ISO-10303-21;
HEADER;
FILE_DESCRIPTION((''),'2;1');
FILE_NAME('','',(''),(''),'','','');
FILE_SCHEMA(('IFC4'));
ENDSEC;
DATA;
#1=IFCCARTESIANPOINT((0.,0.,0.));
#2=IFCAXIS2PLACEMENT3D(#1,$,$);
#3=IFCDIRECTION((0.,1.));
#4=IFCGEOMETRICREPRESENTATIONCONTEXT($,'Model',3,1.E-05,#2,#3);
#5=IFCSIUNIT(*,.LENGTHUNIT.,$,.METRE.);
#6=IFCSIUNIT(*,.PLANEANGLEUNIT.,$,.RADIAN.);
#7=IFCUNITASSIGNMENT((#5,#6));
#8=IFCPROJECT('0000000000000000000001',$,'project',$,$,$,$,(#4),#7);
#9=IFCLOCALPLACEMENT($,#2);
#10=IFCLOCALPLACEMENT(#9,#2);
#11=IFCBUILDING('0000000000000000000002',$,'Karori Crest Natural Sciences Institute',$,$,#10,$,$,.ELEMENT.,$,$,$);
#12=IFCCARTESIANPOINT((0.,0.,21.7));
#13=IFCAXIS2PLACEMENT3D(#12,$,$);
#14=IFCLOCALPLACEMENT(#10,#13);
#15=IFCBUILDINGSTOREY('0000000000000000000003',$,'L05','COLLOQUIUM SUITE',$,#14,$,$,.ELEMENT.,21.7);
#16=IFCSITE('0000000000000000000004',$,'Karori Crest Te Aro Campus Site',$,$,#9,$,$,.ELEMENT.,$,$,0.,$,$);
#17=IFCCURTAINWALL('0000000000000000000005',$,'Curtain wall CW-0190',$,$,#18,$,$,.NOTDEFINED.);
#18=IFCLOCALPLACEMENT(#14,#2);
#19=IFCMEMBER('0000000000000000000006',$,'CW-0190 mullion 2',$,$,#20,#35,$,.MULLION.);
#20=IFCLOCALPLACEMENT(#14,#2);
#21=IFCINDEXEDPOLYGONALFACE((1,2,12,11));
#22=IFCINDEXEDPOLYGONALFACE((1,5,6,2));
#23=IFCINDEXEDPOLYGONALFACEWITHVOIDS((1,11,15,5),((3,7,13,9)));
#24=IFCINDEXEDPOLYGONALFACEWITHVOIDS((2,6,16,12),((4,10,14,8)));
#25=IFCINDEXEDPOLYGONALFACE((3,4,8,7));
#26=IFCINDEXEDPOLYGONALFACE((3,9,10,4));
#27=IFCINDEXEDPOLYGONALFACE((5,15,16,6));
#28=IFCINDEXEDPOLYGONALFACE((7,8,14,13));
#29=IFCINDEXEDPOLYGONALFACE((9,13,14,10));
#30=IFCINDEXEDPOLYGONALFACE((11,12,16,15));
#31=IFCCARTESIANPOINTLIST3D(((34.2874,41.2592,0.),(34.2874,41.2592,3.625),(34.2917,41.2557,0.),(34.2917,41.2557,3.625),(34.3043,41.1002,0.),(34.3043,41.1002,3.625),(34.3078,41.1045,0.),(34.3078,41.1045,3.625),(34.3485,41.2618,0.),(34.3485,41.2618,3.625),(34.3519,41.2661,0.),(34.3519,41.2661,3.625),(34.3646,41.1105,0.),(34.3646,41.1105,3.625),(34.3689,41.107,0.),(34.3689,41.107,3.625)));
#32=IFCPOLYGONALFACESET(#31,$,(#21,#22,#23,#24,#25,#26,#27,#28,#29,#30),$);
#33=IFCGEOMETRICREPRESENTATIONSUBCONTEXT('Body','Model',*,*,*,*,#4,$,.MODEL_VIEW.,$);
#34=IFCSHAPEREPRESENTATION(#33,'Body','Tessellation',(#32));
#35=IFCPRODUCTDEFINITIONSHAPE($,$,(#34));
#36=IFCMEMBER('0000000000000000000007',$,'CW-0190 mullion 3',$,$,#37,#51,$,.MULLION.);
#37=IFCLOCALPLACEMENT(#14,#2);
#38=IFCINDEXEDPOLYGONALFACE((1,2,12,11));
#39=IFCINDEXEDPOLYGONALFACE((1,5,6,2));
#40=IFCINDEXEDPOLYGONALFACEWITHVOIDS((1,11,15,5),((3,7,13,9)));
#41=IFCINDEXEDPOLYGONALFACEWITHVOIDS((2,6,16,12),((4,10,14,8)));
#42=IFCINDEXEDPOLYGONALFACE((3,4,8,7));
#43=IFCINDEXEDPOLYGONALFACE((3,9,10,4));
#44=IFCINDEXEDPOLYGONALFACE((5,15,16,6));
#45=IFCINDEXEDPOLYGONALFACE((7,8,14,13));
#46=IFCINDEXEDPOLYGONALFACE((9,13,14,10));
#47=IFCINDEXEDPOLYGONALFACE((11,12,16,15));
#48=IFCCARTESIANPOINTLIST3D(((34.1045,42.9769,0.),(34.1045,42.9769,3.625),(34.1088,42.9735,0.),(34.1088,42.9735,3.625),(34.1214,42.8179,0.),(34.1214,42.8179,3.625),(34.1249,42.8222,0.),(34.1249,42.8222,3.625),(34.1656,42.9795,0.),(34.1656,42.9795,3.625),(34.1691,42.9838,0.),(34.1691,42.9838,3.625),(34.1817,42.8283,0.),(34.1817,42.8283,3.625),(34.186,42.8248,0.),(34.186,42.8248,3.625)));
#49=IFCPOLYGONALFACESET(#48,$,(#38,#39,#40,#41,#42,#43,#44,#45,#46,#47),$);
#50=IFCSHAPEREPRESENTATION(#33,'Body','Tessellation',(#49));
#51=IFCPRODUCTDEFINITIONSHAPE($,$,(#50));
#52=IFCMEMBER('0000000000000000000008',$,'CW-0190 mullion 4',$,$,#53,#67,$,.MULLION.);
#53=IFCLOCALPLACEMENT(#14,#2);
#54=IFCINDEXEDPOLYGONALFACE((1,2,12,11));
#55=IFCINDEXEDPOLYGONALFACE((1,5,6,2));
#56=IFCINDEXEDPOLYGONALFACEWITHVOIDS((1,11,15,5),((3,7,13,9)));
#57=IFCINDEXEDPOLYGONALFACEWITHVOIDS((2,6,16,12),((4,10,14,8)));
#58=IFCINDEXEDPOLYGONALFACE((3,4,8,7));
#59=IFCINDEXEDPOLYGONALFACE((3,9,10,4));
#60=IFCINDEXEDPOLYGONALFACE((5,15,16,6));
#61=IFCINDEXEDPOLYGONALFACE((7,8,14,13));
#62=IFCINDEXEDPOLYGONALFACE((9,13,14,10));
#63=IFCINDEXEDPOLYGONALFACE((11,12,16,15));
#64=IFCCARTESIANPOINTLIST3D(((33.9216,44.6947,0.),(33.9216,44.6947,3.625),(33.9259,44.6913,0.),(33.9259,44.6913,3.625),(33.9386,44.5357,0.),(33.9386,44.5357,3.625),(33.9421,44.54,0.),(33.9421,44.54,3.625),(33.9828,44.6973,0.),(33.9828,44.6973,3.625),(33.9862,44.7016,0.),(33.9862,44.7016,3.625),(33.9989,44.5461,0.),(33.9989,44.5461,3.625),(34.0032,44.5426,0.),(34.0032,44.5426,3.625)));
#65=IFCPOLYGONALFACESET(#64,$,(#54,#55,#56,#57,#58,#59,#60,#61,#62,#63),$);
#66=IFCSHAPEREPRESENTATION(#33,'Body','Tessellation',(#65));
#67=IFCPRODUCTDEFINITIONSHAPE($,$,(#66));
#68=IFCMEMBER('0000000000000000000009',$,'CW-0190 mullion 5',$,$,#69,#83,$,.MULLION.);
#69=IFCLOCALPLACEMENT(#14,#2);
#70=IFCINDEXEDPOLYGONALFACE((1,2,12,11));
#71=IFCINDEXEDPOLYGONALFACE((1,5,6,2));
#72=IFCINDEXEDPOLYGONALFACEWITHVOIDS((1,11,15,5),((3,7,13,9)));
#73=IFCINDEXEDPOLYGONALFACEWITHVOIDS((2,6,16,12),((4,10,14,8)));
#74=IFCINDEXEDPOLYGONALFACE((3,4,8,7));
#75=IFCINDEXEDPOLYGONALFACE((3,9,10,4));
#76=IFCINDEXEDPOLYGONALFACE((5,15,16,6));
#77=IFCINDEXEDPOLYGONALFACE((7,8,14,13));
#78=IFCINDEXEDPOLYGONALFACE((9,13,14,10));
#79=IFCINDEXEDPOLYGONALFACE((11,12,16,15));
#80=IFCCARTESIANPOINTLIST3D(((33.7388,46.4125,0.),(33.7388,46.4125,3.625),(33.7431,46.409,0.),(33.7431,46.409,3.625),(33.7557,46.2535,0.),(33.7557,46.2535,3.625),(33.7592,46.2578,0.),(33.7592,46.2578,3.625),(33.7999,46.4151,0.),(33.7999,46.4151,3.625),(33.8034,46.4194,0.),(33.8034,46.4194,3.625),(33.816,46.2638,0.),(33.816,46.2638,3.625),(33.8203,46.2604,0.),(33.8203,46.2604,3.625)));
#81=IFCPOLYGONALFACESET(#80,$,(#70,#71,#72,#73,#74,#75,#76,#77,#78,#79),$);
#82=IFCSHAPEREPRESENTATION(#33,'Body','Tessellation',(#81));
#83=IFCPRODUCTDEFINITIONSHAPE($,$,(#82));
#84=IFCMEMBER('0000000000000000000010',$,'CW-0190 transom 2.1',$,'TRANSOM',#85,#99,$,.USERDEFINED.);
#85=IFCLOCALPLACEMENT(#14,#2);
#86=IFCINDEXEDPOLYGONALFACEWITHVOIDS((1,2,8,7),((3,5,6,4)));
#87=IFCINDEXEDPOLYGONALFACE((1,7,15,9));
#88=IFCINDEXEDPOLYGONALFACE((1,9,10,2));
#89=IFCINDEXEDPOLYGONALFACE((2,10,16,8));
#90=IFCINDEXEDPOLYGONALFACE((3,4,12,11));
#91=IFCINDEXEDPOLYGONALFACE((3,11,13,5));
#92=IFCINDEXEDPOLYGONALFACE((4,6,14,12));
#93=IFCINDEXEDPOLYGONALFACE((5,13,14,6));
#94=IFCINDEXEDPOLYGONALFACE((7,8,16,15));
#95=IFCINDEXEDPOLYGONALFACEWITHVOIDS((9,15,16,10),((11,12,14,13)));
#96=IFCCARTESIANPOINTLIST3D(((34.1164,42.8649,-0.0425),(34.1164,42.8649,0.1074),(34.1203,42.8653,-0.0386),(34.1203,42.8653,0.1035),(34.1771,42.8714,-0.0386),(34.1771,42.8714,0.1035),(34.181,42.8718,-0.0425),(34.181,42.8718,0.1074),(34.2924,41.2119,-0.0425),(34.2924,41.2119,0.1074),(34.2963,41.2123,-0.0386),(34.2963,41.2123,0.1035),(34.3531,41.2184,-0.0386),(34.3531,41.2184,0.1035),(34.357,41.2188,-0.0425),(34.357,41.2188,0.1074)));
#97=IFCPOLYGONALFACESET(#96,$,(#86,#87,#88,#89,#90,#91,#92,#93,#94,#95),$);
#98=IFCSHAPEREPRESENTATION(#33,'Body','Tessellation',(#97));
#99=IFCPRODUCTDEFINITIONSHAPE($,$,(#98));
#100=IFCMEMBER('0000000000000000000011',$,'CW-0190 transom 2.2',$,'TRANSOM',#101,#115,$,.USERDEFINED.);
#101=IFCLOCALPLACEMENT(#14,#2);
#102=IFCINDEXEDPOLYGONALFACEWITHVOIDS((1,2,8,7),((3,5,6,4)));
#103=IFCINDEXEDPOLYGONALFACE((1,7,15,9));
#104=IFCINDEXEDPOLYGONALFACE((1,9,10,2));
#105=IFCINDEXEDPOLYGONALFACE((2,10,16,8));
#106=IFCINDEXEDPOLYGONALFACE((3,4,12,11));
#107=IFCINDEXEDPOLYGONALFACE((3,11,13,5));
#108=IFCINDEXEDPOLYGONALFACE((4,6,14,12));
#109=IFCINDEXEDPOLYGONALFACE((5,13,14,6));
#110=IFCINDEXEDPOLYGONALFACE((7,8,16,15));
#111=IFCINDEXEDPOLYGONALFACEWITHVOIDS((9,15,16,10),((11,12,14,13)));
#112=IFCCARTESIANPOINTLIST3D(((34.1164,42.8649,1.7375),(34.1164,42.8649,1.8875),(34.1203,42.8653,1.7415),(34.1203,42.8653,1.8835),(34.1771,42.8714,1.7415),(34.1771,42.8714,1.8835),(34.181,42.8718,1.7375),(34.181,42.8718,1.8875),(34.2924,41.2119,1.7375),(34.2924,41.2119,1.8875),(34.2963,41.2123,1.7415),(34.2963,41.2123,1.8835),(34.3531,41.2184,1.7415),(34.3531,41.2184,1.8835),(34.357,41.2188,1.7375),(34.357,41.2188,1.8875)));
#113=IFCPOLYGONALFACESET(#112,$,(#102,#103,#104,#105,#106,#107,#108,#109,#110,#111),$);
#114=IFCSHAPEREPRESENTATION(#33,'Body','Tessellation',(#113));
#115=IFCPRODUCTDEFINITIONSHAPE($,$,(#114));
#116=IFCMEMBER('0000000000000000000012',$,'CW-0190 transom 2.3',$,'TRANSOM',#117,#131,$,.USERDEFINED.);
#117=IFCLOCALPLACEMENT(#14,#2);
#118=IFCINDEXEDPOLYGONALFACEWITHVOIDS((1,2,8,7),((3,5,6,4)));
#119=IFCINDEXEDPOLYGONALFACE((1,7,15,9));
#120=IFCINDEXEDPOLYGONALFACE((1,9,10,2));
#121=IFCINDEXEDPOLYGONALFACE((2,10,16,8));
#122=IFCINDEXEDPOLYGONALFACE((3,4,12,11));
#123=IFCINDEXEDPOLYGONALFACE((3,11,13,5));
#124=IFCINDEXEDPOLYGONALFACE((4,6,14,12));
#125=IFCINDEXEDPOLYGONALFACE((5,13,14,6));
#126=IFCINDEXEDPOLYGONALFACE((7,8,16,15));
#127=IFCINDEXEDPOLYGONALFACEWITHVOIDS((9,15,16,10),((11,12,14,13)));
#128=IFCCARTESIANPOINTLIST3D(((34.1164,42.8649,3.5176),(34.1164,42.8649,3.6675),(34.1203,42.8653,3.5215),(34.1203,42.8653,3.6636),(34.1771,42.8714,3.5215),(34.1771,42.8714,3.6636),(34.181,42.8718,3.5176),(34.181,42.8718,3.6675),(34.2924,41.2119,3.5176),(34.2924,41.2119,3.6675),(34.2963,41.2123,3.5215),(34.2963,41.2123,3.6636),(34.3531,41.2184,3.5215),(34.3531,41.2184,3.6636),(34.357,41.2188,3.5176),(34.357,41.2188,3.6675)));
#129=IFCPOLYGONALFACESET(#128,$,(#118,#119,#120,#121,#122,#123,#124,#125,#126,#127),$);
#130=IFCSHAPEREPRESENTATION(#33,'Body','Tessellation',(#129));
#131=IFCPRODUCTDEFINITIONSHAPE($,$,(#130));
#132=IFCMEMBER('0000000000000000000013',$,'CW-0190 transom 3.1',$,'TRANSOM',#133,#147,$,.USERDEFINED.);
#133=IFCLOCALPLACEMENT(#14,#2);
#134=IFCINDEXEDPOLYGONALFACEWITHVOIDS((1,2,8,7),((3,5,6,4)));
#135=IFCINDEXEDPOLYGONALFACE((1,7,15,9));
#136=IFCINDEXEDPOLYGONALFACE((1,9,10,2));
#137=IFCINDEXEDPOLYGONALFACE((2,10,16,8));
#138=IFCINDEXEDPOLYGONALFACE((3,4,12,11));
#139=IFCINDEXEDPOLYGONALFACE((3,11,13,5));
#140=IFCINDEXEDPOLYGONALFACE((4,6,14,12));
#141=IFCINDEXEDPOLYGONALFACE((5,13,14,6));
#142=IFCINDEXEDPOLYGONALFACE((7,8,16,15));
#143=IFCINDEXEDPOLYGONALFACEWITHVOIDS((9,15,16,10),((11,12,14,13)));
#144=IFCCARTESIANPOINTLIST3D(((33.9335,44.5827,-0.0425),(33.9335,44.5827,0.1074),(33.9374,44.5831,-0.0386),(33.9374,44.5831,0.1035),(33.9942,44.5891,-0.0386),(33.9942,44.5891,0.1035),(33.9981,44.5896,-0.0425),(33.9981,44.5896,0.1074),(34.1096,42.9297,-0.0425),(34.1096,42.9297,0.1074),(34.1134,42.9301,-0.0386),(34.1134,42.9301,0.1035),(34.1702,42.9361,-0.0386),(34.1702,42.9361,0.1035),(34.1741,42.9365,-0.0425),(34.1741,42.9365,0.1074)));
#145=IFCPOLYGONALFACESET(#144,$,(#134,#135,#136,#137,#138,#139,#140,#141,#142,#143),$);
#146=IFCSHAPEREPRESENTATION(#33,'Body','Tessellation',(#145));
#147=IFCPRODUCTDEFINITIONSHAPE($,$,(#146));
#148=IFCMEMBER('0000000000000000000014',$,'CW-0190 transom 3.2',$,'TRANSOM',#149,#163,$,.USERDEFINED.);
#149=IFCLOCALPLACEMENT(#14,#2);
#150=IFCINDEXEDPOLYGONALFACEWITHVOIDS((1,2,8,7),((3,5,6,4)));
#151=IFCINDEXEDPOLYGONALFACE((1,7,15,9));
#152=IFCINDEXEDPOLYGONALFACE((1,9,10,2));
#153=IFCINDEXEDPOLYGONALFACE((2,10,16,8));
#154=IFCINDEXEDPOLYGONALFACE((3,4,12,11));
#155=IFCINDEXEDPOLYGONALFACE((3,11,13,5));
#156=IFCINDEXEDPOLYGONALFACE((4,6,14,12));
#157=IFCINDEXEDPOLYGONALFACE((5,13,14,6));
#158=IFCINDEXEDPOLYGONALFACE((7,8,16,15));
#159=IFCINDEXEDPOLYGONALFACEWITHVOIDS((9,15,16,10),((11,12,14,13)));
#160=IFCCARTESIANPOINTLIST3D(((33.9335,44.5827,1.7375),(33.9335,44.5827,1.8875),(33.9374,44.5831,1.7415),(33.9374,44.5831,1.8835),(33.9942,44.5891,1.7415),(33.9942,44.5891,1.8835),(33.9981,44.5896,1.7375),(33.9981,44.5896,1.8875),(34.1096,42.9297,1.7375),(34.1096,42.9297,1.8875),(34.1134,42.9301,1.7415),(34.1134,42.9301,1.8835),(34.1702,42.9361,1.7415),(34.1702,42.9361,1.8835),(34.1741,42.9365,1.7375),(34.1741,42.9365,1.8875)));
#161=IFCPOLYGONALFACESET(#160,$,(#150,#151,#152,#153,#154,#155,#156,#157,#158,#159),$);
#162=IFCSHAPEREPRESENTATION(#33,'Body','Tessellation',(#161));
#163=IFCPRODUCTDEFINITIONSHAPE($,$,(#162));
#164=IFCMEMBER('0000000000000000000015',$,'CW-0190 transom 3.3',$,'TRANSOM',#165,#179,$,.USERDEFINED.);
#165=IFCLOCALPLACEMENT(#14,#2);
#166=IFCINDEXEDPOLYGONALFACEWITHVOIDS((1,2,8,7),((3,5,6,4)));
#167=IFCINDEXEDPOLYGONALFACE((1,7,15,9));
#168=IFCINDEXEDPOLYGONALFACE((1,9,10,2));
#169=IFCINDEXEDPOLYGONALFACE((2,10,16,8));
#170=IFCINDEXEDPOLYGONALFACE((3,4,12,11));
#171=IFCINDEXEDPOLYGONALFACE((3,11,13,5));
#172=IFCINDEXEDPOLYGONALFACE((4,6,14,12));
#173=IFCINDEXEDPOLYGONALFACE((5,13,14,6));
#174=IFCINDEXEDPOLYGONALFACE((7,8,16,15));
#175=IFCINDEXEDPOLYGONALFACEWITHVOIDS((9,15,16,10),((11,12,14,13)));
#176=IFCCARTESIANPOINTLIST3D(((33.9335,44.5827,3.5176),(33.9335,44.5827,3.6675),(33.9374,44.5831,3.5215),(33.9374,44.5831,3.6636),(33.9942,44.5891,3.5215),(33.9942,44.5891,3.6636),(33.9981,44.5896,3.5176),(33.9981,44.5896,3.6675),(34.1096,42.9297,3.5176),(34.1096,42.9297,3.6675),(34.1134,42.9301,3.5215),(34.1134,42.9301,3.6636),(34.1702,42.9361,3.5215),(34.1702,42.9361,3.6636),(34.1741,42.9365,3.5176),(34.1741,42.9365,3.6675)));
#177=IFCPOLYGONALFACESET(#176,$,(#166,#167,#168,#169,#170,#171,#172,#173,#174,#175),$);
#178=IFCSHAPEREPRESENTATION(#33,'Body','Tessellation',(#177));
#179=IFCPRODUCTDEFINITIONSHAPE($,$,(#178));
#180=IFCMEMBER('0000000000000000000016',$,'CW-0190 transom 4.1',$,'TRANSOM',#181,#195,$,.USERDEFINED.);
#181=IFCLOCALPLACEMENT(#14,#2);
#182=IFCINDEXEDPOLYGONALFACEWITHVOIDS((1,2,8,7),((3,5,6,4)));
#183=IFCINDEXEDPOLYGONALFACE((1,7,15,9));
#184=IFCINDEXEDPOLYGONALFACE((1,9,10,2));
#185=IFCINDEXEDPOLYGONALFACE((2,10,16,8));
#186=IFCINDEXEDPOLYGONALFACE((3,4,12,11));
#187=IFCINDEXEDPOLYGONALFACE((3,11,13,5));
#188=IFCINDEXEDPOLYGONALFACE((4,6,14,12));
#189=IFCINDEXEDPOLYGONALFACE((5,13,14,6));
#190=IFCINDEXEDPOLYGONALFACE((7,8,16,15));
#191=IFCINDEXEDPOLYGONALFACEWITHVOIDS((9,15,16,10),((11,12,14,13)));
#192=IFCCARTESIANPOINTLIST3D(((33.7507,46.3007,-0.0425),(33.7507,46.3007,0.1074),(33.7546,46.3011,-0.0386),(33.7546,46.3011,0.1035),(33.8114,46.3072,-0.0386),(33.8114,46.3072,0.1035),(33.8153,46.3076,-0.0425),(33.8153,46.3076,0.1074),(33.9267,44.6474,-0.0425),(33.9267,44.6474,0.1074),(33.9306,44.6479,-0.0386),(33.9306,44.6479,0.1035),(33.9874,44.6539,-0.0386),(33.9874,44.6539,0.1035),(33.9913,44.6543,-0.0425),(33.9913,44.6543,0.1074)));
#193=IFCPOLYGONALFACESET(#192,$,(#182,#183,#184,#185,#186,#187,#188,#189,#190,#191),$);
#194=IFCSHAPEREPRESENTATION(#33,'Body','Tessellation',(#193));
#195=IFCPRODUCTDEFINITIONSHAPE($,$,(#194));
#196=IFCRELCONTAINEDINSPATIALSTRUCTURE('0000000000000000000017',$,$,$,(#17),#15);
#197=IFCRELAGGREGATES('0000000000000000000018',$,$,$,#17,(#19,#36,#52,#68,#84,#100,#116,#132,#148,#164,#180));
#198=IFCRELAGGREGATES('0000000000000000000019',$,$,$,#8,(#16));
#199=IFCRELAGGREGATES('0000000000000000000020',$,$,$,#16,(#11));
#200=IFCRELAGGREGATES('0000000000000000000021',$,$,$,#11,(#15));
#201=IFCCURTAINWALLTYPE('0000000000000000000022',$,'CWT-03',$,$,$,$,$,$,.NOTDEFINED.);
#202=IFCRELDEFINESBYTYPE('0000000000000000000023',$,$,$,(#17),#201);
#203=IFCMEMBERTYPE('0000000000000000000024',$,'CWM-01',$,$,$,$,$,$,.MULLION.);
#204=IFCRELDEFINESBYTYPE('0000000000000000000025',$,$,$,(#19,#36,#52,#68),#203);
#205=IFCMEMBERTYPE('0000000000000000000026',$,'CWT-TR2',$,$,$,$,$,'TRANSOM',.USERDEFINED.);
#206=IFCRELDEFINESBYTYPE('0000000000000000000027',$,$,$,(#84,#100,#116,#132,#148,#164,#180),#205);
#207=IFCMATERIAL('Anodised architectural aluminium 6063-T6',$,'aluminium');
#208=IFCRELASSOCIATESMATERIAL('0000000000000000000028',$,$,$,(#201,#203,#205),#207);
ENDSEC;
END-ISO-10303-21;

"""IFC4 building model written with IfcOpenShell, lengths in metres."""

from ifc_helpers import new_model, si_unit, direction, frame, origin, origin_2d, place, context, subcontext, project, spatial, hollow_rectangle, extrude, material, material_profile, profile_set, type_object, element, aggregate, save


model = new_model("IFC4")

# Units and contexts
model_context = context("Model", 3, precision=1e-05, world=origin(), true_north=direction((0.0, 1.0)))
body_context = subcontext(model_context, "Body", "Model", "MODEL_VIEW")
ifc_project = project(units=[si_unit("LENGTHUNIT", "METRE"), si_unit("PLANEANGLEUNIT", "RADIAN")], contexts=[model_context])

# Site, building, storey
site_placement = place(None, origin())
site = spatial("IfcSite", under=ifc_project, at=site_placement, Name="Karori Crest Te Aro Campus Site", CompositionType="ELEMENT", RefElevation=0.0)
building_placement = place(site_placement, origin())
building = spatial("IfcBuilding", under=site, at=building_placement, Name="Karori Crest Natural Sciences Institute", CompositionType="ELEMENT")
storey_placement = place(building_placement, frame((0.0, 0.0, 21.7)))
storey = spatial("IfcBuildingStorey", under=building, at=storey_placement, Name="L05", Description="COLLOQUIUM SUITE", CompositionType="ELEMENT", Elevation=21.7)

# Curtain wall, members
ifc_material_1 = material(Name="Anodised architectural aluminium 6063-T6", Category="aluminium")
curtain_wall_type = type_object("IfcCurtainWallType", Name="CWT-03", PredefinedType="NOTDEFINED", material=ifc_material_1)
curtain_wall_placement = place(storey_placement, origin())
curtain_wall = element("IfcCurtainWall", 1, at=curtain_wall_placement, inside=storey, type_object=curtain_wall_type, Name="Curtain wall CW-0190", PredefinedType="NOTDEFINED")
ifc_material_profile_1 = material_profile(ifc_material_1, hollow_rectangle(XDim=0.0649, YDim=0.1599, WallThickness=0.0039, at=origin_2d()), Name="CWM160x65x4")
ifc_profile_set_1 = profile_set([ifc_material_profile_1], Name="Anodised architectural aluminium 6063-T6")
member_type_1 = type_object("IfcMemberType", Name="CWM-01", PredefinedType="MULLION", material=ifc_profile_set_1)
member_1_placement = place(storey_placement, frame((34.3281, 41.1831, 0.0), z_axis=(0.0, 0.0, 1.0), x_axis=(-0.994378, -0.105884, 0.0)))
member_1 = element("IfcMember", 2, at=member_1_placement, type_object=member_type_1, Name="CW-0190 mullion 2", PredefinedType="MULLION", context=body_context, shape_type="SweptSolid", body=[
    extrude(hollow_rectangle(XDim=0.0649, YDim=0.1599, WallThickness=0.0039, at=origin_2d()), origin(), (0.0, 0.0, 1.0), 3.625),
])
member_2_placement = place(storey_placement, frame((34.1453, 42.9009, 0.0), z_axis=(0.0, 0.0, 1.0), x_axis=(-0.994378, -0.105884, 0.0)))
member_2 = element("IfcMember", 3, at=member_2_placement, type_object=member_type_1, Name="CW-0190 mullion 3", PredefinedType="MULLION", context=body_context, shape_type="SweptSolid", body=[
    extrude(hollow_rectangle(XDim=0.0649, YDim=0.1599, WallThickness=0.0039, at=origin_2d()), origin(), (0.0, 0.0, 1.0), 3.625),
])
member_3_placement = place(storey_placement, frame((33.9624, 44.6187, 0.0), z_axis=(0.0, 0.0, 1.0), x_axis=(-0.994378, -0.105884, 0.0)))
member_3 = element("IfcMember", 4, at=member_3_placement, type_object=member_type_1, Name="CW-0190 mullion 4", PredefinedType="MULLION", context=body_context, shape_type="SweptSolid", body=[
    extrude(hollow_rectangle(XDim=0.0649, YDim=0.1599, WallThickness=0.0039, at=origin_2d()), origin(), (0.0, 0.0, 1.0), 3.625),
])
member_4_placement = place(storey_placement, frame((33.7795, 46.3364, 0.0), z_axis=(0.0, 0.0, 1.0), x_axis=(-0.994378, -0.105884, 0.0)))
member_4 = element("IfcMember", 5, at=member_4_placement, type_object=member_type_1, Name="CW-0190 mullion 5", PredefinedType="MULLION", context=body_context, shape_type="SweptSolid", body=[
    extrude(hollow_rectangle(XDim=0.0649, YDim=0.1599, WallThickness=0.0039, at=origin_2d()), origin(), (0.0, 0.0, 1.0), 3.625),
])
ifc_material_profile_2 = material_profile(ifc_material_1, hollow_rectangle(XDim=0.0649, YDim=0.1499, WallThickness=0.0039, at=origin_2d()), Name="CWT150x65x4")
ifc_profile_set_2 = profile_set([ifc_material_profile_2], Name="Anodised architectural aluminium 6063-T6")
member_type_2 = type_object("IfcMemberType", Name="CWT-TR2", ElementType="TRANSOM", PredefinedType="USERDEFINED", material=ifc_profile_set_2)
member_5_placement = place(storey_placement, frame((34.3247, 41.2153, 0.0325), z_axis=(-0.105885, 0.994378, 0.0), x_axis=(-0.994378, -0.105885, 0.0)))
member_5 = element("IfcMember", 6, at=member_5_placement, type_object=member_type_2, Name="CW-0190 transom 2.1", ObjectType="TRANSOM", PredefinedType="USERDEFINED", context=body_context, shape_type="SweptSolid", body=[
    extrude(hollow_rectangle(XDim=0.0649, YDim=0.1499, WallThickness=0.0039, at=origin_2d()), origin(), (0.0, 0.0, 1.0), 1.6624),
])
member_6_placement = place(storey_placement, frame((34.3247, 41.2153, 1.8125), z_axis=(-0.105885, 0.994378, 0.0), x_axis=(-0.994378, -0.105885, 0.0)))
member_6 = element("IfcMember", 7, at=member_6_placement, type_object=member_type_2, Name="CW-0190 transom 2.2", ObjectType="TRANSOM", PredefinedType="USERDEFINED", context=body_context, shape_type="SweptSolid", body=[
    extrude(hollow_rectangle(XDim=0.0649, YDim=0.1499, WallThickness=0.0039, at=origin_2d()), origin(), (0.0, 0.0, 1.0), 1.6624),
])
member_7_placement = place(storey_placement, frame((34.3247, 41.2153, 3.5925), z_axis=(-0.105885, 0.994378, 0.0), x_axis=(-0.994378, -0.105885, 0.0)))
member_7 = element("IfcMember", 8, at=member_7_placement, type_object=member_type_2, Name="CW-0190 transom 2.3", ObjectType="TRANSOM", PredefinedType="USERDEFINED", context=body_context, shape_type="SweptSolid", body=[
    extrude(hollow_rectangle(XDim=0.0649, YDim=0.1499, WallThickness=0.0039, at=origin_2d()), origin(), (0.0, 0.0, 1.0), 1.6624),
])
member_8_placement = place(storey_placement, frame((34.1418, 42.9331, 0.0325), z_axis=(-0.105885, 0.994378, 0.0), x_axis=(-0.994378, -0.105885, 0.0)))
member_8 = element("IfcMember", 9, at=member_8_placement, type_object=member_type_2, Name="CW-0190 transom 3.1", ObjectType="TRANSOM", PredefinedType="USERDEFINED", context=body_context, shape_type="SweptSolid", body=[
    extrude(hollow_rectangle(XDim=0.0649, YDim=0.1499, WallThickness=0.0039, at=origin_2d()), origin(), (0.0, 0.0, 1.0), 1.6624),
])
member_9_placement = place(storey_placement, frame((34.1418, 42.9331, 1.8125), z_axis=(-0.105885, 0.994378, 0.0), x_axis=(-0.994378, -0.105885, 0.0)))
member_9 = element("IfcMember", 10, at=member_9_placement, type_object=member_type_2, Name="CW-0190 transom 3.2", ObjectType="TRANSOM", PredefinedType="USERDEFINED", context=body_context, shape_type="SweptSolid", body=[
    extrude(hollow_rectangle(XDim=0.0649, YDim=0.1499, WallThickness=0.0039, at=origin_2d()), origin(), (0.0, 0.0, 1.0), 1.6624),
])
member_10_placement = place(storey_placement, frame((34.1418, 42.9331, 3.5925), z_axis=(-0.105885, 0.994378, 0.0), x_axis=(-0.994378, -0.105885, 0.0)))
member_10 = element("IfcMember", 11, at=member_10_placement, type_object=member_type_2, Name="CW-0190 transom 3.3", ObjectType="TRANSOM", PredefinedType="USERDEFINED", context=body_context, shape_type="SweptSolid", body=[
    extrude(hollow_rectangle(XDim=0.0649, YDim=0.1499, WallThickness=0.0039, at=origin_2d()), origin(), (0.0, 0.0, 1.0), 1.6624),
])
member_11_placement = place(storey_placement, frame((33.959, 44.6509, 0.0325), z_axis=(-0.105869, 0.99438, 0.0), x_axis=(-0.99438, -0.105869, 0.0)))
member_11 = element("IfcMember", 12, at=member_11_placement, type_object=member_type_2, Name="CW-0190 transom 4.1", ObjectType="TRANSOM", PredefinedType="USERDEFINED", context=body_context, shape_type="SweptSolid", body=[
    extrude(hollow_rectangle(XDim=0.0649, YDim=0.1499, WallThickness=0.0039, at=origin_2d()), origin(), (0.0, 0.0, 1.0), 1.6626),
])
aggregate(curtain_wall, [member_1, member_2, member_3, member_4, member_5, member_6, member_7, member_8, member_9, member_10, member_11])

save(model, "model.ifc")
